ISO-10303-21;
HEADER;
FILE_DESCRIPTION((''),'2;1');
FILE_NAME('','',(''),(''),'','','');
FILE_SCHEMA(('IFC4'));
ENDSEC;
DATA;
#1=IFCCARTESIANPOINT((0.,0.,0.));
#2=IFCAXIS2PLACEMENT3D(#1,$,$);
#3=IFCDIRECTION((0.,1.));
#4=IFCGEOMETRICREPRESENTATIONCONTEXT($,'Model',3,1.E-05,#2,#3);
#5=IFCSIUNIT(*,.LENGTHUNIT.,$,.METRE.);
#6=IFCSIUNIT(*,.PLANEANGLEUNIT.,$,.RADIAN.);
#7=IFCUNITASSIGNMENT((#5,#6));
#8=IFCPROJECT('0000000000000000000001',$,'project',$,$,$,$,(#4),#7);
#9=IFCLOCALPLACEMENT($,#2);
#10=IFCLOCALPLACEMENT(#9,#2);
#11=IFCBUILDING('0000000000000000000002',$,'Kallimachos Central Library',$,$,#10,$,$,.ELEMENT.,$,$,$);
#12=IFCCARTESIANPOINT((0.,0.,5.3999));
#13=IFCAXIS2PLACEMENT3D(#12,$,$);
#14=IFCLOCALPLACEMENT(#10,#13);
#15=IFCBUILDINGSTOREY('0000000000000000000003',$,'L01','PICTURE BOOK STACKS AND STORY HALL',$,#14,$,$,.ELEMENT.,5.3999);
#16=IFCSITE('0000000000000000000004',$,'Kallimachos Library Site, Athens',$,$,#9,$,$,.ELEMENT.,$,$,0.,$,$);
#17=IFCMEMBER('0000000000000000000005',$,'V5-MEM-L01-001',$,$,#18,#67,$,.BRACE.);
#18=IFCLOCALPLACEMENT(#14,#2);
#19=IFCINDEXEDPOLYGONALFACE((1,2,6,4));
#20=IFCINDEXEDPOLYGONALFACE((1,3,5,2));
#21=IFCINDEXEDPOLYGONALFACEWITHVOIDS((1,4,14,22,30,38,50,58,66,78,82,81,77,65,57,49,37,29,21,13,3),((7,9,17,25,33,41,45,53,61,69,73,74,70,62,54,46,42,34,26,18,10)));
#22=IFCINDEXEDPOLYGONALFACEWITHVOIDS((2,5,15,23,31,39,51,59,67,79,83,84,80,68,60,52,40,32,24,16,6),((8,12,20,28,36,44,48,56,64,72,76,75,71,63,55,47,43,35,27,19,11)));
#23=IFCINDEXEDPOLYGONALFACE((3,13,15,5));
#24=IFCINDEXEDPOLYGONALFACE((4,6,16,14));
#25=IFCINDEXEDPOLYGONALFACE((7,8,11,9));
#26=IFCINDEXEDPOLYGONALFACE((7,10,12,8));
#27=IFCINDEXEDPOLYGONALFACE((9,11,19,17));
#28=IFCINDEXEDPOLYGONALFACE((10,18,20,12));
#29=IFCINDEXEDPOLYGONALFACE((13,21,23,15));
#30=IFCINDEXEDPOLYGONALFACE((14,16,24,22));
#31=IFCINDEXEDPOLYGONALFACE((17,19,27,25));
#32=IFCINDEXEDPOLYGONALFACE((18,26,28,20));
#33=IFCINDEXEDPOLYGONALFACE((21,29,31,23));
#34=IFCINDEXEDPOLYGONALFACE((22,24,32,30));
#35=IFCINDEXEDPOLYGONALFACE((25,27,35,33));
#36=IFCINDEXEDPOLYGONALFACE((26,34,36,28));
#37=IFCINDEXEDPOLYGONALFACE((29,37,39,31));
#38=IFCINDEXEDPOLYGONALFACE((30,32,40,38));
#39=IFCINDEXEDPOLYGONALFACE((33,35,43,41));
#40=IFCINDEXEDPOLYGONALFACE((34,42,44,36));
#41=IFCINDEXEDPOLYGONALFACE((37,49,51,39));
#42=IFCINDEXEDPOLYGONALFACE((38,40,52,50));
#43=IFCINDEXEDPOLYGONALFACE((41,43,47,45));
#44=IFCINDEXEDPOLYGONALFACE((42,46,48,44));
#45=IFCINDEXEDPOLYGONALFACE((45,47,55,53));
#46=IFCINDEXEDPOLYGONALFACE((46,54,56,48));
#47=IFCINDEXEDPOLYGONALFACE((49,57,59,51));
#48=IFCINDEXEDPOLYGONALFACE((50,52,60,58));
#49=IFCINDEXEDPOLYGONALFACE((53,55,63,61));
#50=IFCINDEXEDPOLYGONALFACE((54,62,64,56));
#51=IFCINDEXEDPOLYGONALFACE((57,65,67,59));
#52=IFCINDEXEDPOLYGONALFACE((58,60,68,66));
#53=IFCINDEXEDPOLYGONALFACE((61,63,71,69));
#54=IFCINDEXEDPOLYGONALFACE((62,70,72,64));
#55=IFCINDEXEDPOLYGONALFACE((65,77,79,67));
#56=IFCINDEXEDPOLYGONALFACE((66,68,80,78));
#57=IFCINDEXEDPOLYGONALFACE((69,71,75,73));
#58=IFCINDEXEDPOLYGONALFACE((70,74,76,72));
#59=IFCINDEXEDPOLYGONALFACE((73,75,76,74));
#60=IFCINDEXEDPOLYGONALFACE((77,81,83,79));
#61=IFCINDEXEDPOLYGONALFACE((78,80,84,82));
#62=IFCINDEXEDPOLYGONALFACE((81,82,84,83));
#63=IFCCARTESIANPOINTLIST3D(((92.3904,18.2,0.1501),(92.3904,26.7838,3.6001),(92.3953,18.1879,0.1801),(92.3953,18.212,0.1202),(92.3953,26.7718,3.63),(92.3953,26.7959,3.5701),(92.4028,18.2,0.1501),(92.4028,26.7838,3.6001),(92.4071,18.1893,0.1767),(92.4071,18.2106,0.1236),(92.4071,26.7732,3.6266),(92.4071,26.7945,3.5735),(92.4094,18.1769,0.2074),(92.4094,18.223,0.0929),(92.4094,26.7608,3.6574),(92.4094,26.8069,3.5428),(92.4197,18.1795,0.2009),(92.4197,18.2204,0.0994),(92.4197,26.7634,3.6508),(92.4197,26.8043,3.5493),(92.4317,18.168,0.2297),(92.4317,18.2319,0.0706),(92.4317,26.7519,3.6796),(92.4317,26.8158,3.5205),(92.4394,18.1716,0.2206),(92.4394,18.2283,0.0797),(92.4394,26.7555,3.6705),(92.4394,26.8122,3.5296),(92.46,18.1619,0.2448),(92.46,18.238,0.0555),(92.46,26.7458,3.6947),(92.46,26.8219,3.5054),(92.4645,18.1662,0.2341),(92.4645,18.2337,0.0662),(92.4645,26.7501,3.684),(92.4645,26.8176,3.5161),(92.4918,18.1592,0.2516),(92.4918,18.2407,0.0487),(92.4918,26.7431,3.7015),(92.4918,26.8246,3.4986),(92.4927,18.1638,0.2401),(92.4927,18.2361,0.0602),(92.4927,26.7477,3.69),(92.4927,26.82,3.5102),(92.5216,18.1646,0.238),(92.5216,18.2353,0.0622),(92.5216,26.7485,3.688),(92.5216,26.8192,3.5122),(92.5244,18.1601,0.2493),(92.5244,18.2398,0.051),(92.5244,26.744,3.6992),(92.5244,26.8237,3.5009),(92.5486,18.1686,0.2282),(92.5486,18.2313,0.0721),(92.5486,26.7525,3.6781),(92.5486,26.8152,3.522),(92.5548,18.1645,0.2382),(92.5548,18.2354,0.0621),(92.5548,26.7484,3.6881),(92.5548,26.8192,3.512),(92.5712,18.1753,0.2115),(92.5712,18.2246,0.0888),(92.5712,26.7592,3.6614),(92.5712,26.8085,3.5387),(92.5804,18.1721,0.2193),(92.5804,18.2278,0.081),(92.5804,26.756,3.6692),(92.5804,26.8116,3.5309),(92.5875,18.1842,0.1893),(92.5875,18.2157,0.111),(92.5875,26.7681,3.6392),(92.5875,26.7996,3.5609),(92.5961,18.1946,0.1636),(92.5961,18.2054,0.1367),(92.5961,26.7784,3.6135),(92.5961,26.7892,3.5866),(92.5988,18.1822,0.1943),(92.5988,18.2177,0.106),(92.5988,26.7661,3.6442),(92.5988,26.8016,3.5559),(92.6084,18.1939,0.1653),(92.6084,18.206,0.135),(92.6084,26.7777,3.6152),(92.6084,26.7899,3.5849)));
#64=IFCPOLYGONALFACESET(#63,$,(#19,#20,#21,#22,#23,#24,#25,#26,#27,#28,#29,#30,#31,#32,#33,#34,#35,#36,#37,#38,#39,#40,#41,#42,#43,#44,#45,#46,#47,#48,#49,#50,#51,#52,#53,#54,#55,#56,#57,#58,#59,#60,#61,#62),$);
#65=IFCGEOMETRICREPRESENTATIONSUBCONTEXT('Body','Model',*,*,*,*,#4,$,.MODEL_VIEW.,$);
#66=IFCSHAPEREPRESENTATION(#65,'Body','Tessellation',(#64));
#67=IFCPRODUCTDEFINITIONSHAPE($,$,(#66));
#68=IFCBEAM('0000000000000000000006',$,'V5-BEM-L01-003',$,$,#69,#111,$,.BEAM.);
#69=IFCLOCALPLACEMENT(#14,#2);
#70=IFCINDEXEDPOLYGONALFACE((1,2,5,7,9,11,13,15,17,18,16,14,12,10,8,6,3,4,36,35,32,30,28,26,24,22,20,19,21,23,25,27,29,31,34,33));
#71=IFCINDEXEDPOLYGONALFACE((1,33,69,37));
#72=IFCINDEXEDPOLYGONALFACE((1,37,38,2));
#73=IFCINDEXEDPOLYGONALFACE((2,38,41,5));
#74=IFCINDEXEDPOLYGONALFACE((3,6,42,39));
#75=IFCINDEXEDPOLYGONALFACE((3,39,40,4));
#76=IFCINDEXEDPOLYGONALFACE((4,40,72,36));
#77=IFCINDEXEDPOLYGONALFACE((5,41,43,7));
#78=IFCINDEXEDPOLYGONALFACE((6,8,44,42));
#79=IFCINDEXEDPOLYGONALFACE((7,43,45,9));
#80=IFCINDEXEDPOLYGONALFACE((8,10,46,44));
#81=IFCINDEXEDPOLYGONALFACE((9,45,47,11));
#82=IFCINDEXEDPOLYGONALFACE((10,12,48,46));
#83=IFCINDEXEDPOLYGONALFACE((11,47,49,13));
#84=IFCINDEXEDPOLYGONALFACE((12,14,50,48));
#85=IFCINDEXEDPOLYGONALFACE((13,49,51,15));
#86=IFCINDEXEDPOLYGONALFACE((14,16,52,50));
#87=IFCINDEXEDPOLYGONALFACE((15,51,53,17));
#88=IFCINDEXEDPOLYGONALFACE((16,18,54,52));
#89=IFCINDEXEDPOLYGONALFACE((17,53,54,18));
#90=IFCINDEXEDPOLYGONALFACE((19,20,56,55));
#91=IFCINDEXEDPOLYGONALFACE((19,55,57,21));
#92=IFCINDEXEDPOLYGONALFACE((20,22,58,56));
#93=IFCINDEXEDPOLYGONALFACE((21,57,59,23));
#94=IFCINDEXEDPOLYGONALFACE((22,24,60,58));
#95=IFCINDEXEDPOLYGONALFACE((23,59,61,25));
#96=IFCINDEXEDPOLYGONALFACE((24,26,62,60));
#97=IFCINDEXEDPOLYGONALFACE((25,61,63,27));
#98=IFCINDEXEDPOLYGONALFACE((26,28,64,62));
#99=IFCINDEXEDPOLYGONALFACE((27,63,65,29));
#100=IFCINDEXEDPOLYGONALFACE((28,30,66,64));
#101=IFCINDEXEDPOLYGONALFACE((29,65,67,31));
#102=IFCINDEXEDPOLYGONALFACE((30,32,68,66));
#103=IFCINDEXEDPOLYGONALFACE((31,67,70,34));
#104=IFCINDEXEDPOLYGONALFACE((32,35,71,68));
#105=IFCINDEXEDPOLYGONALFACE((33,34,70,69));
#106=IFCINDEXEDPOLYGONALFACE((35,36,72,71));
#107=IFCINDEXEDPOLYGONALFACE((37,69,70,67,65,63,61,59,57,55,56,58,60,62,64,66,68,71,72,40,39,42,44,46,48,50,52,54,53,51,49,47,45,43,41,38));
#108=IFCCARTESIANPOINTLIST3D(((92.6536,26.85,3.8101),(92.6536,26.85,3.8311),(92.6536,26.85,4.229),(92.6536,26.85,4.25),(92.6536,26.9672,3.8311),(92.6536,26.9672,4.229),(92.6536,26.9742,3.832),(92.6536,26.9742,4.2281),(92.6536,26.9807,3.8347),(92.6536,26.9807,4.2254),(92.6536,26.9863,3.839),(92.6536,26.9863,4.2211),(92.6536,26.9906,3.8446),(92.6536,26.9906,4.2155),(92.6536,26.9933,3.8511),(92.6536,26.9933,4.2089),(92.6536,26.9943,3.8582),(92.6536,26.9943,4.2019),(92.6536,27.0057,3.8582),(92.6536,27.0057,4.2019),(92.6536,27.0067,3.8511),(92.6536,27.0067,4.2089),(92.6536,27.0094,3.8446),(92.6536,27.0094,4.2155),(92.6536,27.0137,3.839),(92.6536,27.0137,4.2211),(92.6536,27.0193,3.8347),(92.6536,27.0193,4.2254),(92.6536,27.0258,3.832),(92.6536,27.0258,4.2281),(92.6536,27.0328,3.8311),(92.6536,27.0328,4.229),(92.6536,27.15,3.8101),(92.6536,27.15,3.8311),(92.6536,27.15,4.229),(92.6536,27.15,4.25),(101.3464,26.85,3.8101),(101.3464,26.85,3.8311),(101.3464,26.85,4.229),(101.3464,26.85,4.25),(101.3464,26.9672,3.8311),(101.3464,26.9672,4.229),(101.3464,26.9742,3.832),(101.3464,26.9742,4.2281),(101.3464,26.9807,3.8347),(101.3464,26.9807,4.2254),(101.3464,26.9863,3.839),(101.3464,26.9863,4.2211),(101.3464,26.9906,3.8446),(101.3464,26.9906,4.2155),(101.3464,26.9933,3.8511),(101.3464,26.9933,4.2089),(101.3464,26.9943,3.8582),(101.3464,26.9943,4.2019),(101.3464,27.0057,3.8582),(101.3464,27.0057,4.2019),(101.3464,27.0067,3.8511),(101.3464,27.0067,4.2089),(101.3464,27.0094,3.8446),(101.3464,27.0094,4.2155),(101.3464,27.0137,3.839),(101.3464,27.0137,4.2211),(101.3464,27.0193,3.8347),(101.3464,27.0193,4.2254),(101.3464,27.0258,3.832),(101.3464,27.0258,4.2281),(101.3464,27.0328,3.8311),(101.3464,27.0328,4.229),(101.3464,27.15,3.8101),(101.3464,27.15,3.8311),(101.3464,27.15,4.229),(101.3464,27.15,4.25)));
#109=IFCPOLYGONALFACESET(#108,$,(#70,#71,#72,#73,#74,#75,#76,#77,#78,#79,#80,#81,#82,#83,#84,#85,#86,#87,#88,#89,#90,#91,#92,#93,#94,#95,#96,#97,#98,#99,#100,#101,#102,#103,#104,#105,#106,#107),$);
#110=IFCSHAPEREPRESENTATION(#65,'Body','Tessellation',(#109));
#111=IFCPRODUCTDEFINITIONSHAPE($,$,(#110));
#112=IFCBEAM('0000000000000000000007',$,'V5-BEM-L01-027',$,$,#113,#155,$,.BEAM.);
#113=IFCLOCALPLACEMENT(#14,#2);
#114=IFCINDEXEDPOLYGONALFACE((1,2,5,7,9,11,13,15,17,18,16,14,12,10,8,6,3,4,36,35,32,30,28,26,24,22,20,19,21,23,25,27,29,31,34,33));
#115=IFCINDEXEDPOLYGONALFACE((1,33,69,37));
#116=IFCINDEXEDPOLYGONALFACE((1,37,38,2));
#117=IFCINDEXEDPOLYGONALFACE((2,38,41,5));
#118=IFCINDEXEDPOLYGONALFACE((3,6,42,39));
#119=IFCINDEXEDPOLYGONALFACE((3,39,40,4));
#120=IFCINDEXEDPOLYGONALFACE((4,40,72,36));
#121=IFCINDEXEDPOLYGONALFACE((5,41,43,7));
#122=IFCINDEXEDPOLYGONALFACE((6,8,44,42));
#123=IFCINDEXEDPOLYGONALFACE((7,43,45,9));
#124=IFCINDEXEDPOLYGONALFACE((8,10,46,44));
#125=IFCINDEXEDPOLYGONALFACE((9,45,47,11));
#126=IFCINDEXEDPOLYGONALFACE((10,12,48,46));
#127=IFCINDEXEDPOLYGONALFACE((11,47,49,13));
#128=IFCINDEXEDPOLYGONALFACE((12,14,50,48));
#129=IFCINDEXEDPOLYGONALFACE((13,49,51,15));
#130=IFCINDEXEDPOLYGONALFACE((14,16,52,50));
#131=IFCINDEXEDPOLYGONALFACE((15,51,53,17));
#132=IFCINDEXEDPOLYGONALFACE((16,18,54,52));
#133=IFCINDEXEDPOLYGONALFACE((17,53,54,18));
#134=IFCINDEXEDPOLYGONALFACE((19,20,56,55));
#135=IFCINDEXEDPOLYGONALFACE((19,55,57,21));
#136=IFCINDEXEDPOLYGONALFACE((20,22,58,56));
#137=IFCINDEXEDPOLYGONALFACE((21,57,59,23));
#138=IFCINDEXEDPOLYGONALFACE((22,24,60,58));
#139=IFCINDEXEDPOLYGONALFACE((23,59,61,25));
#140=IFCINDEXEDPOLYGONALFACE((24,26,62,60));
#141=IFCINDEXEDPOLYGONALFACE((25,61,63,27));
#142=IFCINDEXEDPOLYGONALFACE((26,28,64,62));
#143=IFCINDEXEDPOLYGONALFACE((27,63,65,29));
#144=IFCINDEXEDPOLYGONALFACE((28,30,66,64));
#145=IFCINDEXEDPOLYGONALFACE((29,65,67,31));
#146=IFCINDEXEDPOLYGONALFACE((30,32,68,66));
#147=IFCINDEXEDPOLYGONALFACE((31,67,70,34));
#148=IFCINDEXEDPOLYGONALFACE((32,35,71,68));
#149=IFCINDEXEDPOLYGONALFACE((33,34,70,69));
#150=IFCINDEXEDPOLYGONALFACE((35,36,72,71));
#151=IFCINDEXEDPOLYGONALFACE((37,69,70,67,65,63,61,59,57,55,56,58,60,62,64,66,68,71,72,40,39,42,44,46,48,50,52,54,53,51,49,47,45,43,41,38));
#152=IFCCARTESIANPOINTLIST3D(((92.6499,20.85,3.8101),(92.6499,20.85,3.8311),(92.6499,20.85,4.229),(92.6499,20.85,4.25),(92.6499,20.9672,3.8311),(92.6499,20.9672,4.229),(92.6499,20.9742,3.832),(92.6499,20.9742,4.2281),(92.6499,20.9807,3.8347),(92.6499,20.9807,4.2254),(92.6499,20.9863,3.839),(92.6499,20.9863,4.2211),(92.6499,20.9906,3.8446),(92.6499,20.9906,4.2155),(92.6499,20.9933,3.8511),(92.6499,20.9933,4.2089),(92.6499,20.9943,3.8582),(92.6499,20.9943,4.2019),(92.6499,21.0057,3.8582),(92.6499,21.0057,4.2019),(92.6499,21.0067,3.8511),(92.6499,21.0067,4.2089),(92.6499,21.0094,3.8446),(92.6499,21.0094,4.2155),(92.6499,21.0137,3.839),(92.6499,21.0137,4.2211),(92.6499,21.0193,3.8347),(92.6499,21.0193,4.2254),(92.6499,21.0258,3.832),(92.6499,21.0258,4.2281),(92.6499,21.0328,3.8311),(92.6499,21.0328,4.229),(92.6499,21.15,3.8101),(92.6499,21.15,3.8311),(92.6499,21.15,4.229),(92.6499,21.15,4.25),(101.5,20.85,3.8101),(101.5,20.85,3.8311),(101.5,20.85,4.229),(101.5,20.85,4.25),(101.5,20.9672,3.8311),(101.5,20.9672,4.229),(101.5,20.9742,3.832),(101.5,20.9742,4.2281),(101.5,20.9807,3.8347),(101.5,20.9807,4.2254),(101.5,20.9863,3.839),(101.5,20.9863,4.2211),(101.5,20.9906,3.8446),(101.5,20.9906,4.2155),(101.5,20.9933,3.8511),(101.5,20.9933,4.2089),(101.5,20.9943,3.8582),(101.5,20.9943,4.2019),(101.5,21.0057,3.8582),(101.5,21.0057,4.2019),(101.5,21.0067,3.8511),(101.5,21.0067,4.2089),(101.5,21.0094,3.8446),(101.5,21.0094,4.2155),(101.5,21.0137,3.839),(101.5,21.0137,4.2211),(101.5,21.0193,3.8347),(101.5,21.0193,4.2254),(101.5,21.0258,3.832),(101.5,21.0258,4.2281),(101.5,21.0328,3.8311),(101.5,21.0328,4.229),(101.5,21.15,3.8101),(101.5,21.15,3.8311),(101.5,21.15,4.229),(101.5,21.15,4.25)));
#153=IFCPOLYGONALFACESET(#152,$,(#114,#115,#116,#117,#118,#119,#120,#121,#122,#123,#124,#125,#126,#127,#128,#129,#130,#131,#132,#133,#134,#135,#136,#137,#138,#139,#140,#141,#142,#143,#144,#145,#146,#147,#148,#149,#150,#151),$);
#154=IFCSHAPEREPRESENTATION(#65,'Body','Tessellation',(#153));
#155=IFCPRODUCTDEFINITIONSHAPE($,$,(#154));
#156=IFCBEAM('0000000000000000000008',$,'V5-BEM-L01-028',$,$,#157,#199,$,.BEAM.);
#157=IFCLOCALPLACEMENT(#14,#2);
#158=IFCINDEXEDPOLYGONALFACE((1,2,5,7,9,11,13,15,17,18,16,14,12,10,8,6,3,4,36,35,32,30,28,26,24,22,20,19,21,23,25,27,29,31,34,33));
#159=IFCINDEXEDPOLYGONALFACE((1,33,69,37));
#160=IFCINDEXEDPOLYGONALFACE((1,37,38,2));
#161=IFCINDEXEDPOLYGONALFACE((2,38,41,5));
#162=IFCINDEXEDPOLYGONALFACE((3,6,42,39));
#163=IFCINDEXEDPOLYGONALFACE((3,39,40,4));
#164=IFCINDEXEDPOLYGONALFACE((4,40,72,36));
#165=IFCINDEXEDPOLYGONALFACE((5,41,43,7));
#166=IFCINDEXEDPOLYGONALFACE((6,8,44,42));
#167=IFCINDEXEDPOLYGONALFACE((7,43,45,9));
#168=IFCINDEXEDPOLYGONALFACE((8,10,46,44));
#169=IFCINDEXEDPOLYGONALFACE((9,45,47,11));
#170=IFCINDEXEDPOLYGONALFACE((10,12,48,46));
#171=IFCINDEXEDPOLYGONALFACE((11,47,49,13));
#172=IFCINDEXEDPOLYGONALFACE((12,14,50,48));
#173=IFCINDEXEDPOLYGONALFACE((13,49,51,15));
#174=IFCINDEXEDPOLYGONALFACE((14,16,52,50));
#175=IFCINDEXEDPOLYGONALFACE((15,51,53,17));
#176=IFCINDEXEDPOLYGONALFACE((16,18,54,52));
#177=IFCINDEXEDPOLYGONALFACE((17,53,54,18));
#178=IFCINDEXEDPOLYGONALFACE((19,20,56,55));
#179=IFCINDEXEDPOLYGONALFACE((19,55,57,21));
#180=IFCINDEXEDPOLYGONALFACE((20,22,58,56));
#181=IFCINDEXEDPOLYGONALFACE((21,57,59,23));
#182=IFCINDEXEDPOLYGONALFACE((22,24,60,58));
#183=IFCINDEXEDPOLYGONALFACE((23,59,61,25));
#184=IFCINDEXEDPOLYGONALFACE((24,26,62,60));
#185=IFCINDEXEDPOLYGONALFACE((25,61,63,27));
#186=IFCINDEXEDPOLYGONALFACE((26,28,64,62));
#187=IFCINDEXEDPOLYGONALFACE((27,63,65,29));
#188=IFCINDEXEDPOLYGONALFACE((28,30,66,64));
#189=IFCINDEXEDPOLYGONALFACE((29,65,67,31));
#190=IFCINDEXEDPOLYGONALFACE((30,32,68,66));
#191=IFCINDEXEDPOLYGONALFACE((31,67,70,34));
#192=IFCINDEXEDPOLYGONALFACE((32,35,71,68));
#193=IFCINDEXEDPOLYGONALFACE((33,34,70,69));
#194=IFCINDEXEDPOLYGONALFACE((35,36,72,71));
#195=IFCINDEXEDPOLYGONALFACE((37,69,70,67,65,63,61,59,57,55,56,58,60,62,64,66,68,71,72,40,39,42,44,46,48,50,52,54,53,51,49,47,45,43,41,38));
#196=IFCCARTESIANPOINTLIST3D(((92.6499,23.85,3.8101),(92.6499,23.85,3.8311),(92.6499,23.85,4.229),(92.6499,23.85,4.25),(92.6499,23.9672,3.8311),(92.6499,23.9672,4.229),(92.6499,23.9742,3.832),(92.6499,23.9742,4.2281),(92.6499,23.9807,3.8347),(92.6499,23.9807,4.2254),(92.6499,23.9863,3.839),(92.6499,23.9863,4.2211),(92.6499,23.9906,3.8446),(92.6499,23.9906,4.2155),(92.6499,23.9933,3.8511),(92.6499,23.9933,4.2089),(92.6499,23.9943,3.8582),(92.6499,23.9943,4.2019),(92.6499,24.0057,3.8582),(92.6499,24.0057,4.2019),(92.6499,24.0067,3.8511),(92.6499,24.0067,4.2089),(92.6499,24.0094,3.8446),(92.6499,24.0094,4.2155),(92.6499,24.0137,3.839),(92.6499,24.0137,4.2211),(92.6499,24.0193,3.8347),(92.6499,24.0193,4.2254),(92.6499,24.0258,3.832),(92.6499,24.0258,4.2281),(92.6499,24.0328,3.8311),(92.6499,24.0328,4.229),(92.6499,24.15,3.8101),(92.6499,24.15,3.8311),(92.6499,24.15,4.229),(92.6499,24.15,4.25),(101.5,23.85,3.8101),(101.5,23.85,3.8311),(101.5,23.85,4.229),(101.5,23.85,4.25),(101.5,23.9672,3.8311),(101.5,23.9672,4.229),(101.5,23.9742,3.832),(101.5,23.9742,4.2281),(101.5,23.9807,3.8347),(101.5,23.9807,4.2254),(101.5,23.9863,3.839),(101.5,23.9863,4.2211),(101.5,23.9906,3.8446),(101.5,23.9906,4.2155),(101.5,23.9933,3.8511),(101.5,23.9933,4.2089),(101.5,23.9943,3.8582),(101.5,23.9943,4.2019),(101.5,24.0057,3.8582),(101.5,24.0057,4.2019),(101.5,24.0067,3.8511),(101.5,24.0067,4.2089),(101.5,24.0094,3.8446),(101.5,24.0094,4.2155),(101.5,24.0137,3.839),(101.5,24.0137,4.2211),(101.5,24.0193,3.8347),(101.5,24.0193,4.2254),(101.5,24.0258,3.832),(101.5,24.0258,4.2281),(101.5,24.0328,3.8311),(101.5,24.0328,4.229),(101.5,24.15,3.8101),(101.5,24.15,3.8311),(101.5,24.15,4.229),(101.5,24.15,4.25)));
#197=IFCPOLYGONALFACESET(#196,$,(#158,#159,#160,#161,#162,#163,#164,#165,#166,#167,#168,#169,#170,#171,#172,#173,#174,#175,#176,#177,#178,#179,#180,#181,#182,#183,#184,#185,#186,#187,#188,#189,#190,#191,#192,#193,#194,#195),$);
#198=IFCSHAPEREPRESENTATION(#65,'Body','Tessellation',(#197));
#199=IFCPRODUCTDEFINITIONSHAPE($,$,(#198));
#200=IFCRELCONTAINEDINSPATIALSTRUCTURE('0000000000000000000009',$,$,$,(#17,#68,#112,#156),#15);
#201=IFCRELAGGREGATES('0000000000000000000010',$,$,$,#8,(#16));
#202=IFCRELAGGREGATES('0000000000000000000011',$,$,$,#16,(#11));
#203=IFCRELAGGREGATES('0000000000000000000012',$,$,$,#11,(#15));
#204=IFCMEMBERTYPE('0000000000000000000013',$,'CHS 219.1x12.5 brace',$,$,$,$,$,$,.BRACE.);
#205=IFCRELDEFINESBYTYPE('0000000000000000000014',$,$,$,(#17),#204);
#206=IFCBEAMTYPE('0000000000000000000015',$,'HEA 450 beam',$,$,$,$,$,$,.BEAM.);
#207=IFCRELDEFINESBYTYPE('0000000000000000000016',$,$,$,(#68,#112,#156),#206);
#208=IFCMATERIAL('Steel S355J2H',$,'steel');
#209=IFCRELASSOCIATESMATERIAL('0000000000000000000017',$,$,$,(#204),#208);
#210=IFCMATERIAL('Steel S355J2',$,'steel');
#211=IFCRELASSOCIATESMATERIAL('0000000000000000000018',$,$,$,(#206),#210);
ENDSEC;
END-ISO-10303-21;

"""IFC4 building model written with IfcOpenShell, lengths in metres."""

from ifc_helpers import new_model, si_unit, direction, frame, origin, origin_2d, place, context, subcontext, project, spatial, hollow_circle, i_section, extrude, material, material_profile, profile_set, type_object, element, save


model = new_model("IFC4")

# Units and contexts
model_context = context("Model", 3, precision=1e-05, world=origin(), true_north=direction((0.0, 1.0)))
body_context = subcontext(model_context, "Body", "Model", "MODEL_VIEW")
ifc_project = project(units=[si_unit("LENGTHUNIT", "METRE"), si_unit("PLANEANGLEUNIT", "RADIAN")], contexts=[model_context])

# Site, building, storey
site_placement = place(None, origin())
site = spatial("IfcSite", under=ifc_project, at=site_placement, Name="Kallimachos Library Site, Athens", CompositionType="ELEMENT", RefElevation=0.0)
building_placement = place(site_placement, origin())
building = spatial("IfcBuilding", under=site, at=building_placement, Name="Kallimachos Central Library", CompositionType="ELEMENT")
storey_placement = place(building_placement, frame((0.0, 0.0, 5.3999)))
storey = spatial("IfcBuildingStorey", under=building, at=storey_placement, Name="L01", Description="PICTURE BOOK STACKS AND STORY HALL", CompositionType="ELEMENT", Elevation=5.3999)

# Member
ifc_material_1 = material(Name="Steel S355J2H", Category="steel")
ifc_material_profile_1 = material_profile(ifc_material_1, hollow_circle(Radius=0.1096, WallThickness=0.0125, at=origin_2d()), Name="CHS 219.1x12.5")
ifc_profile_set_1 = profile_set([ifc_material_profile_1], Name="Steel S355J2H")
member_type = type_object("IfcMemberType", Name="CHS 219.1x12.5 brace", PredefinedType="BRACE", material=ifc_profile_set_1)
member_placement = place(storey_placement, frame((92.5, 18.2, 0.1501), z_axis=(0.0, 0.927866, 0.372914), x_axis=(-1.0, 0.0, 0.0)))
element("IfcMember", 1, at=member_placement, inside=storey, type_object=member_type, Name="V5-MEM-L01-001", PredefinedType="BRACE", context=body_context, shape_type="SweptSolid", body=[
    extrude(hollow_circle(Radius=0.1096, WallThickness=0.0125, at=origin_2d()), origin(), (0.0, 0.0, 1.0), 9.2512),
])

# Beams
ifc_material_2 = material(Name="Steel S355J2", Category="steel")
ifc_material_profile_2 = material_profile(ifc_material_2, i_section(OverallWidth=0.3, OverallDepth=0.4399, WebThickness=0.0115, FlangeThickness=0.021, FilletRadius=0.0271, at=origin_2d()), Name="HEA 450")
ifc_profile_set_2 = profile_set([ifc_material_profile_2], Name="Steel S355J2")
beam_type_1 = type_object("IfcBeamType", Name="HEA 450 beam", PredefinedType="BEAM", material=ifc_profile_set_2)
beam_1_placement = place(storey_placement, frame((92.6536, 27.0, 4.03), z_axis=(1.0, 0.0, 0.0), x_axis=(0.0, 1.0, 0.0)))
element("IfcBeam", 2, at=beam_1_placement, inside=storey, type_object=beam_type_1, Name="V5-BEM-L01-003", PredefinedType="BEAM", context=body_context, shape_type="SweptSolid", body=[
    extrude(i_section(OverallWidth=0.3, OverallDepth=0.4399, WebThickness=0.0115, FlangeThickness=0.021, FilletRadius=0.0271, at=origin_2d()), origin(), (0.0, 0.0, 1.0), 8.6929),
])
for number, where, z_axis, x_axis, name in (
    (3, (92.6499, 21.0, 4.03), (1.0, 0.0, 0.0), (0.0, 1.0, 0.0), "V5-BEM-L01-027"),
    (4, (92.6499, 24.0, 4.03), (1.0, 0.0, 0.0), (0.0, 1.0, 0.0), "V5-BEM-L01-028"),
):
    element("IfcBeam", number, at=place(storey_placement, frame(where, z_axis=z_axis, x_axis=x_axis)), inside=storey, type_object=beam_type_1, Name=name, PredefinedType="BEAM", context=body_context, shape_type="SweptSolid", body=[
        extrude(i_section(OverallWidth=0.3, OverallDepth=0.4399, WebThickness=0.0115, FlangeThickness=0.021, FilletRadius=0.0271, at=origin_2d()), origin(), (0.0, 0.0, 1.0), 8.8501),
    ])

save(model, "model.ifc")
